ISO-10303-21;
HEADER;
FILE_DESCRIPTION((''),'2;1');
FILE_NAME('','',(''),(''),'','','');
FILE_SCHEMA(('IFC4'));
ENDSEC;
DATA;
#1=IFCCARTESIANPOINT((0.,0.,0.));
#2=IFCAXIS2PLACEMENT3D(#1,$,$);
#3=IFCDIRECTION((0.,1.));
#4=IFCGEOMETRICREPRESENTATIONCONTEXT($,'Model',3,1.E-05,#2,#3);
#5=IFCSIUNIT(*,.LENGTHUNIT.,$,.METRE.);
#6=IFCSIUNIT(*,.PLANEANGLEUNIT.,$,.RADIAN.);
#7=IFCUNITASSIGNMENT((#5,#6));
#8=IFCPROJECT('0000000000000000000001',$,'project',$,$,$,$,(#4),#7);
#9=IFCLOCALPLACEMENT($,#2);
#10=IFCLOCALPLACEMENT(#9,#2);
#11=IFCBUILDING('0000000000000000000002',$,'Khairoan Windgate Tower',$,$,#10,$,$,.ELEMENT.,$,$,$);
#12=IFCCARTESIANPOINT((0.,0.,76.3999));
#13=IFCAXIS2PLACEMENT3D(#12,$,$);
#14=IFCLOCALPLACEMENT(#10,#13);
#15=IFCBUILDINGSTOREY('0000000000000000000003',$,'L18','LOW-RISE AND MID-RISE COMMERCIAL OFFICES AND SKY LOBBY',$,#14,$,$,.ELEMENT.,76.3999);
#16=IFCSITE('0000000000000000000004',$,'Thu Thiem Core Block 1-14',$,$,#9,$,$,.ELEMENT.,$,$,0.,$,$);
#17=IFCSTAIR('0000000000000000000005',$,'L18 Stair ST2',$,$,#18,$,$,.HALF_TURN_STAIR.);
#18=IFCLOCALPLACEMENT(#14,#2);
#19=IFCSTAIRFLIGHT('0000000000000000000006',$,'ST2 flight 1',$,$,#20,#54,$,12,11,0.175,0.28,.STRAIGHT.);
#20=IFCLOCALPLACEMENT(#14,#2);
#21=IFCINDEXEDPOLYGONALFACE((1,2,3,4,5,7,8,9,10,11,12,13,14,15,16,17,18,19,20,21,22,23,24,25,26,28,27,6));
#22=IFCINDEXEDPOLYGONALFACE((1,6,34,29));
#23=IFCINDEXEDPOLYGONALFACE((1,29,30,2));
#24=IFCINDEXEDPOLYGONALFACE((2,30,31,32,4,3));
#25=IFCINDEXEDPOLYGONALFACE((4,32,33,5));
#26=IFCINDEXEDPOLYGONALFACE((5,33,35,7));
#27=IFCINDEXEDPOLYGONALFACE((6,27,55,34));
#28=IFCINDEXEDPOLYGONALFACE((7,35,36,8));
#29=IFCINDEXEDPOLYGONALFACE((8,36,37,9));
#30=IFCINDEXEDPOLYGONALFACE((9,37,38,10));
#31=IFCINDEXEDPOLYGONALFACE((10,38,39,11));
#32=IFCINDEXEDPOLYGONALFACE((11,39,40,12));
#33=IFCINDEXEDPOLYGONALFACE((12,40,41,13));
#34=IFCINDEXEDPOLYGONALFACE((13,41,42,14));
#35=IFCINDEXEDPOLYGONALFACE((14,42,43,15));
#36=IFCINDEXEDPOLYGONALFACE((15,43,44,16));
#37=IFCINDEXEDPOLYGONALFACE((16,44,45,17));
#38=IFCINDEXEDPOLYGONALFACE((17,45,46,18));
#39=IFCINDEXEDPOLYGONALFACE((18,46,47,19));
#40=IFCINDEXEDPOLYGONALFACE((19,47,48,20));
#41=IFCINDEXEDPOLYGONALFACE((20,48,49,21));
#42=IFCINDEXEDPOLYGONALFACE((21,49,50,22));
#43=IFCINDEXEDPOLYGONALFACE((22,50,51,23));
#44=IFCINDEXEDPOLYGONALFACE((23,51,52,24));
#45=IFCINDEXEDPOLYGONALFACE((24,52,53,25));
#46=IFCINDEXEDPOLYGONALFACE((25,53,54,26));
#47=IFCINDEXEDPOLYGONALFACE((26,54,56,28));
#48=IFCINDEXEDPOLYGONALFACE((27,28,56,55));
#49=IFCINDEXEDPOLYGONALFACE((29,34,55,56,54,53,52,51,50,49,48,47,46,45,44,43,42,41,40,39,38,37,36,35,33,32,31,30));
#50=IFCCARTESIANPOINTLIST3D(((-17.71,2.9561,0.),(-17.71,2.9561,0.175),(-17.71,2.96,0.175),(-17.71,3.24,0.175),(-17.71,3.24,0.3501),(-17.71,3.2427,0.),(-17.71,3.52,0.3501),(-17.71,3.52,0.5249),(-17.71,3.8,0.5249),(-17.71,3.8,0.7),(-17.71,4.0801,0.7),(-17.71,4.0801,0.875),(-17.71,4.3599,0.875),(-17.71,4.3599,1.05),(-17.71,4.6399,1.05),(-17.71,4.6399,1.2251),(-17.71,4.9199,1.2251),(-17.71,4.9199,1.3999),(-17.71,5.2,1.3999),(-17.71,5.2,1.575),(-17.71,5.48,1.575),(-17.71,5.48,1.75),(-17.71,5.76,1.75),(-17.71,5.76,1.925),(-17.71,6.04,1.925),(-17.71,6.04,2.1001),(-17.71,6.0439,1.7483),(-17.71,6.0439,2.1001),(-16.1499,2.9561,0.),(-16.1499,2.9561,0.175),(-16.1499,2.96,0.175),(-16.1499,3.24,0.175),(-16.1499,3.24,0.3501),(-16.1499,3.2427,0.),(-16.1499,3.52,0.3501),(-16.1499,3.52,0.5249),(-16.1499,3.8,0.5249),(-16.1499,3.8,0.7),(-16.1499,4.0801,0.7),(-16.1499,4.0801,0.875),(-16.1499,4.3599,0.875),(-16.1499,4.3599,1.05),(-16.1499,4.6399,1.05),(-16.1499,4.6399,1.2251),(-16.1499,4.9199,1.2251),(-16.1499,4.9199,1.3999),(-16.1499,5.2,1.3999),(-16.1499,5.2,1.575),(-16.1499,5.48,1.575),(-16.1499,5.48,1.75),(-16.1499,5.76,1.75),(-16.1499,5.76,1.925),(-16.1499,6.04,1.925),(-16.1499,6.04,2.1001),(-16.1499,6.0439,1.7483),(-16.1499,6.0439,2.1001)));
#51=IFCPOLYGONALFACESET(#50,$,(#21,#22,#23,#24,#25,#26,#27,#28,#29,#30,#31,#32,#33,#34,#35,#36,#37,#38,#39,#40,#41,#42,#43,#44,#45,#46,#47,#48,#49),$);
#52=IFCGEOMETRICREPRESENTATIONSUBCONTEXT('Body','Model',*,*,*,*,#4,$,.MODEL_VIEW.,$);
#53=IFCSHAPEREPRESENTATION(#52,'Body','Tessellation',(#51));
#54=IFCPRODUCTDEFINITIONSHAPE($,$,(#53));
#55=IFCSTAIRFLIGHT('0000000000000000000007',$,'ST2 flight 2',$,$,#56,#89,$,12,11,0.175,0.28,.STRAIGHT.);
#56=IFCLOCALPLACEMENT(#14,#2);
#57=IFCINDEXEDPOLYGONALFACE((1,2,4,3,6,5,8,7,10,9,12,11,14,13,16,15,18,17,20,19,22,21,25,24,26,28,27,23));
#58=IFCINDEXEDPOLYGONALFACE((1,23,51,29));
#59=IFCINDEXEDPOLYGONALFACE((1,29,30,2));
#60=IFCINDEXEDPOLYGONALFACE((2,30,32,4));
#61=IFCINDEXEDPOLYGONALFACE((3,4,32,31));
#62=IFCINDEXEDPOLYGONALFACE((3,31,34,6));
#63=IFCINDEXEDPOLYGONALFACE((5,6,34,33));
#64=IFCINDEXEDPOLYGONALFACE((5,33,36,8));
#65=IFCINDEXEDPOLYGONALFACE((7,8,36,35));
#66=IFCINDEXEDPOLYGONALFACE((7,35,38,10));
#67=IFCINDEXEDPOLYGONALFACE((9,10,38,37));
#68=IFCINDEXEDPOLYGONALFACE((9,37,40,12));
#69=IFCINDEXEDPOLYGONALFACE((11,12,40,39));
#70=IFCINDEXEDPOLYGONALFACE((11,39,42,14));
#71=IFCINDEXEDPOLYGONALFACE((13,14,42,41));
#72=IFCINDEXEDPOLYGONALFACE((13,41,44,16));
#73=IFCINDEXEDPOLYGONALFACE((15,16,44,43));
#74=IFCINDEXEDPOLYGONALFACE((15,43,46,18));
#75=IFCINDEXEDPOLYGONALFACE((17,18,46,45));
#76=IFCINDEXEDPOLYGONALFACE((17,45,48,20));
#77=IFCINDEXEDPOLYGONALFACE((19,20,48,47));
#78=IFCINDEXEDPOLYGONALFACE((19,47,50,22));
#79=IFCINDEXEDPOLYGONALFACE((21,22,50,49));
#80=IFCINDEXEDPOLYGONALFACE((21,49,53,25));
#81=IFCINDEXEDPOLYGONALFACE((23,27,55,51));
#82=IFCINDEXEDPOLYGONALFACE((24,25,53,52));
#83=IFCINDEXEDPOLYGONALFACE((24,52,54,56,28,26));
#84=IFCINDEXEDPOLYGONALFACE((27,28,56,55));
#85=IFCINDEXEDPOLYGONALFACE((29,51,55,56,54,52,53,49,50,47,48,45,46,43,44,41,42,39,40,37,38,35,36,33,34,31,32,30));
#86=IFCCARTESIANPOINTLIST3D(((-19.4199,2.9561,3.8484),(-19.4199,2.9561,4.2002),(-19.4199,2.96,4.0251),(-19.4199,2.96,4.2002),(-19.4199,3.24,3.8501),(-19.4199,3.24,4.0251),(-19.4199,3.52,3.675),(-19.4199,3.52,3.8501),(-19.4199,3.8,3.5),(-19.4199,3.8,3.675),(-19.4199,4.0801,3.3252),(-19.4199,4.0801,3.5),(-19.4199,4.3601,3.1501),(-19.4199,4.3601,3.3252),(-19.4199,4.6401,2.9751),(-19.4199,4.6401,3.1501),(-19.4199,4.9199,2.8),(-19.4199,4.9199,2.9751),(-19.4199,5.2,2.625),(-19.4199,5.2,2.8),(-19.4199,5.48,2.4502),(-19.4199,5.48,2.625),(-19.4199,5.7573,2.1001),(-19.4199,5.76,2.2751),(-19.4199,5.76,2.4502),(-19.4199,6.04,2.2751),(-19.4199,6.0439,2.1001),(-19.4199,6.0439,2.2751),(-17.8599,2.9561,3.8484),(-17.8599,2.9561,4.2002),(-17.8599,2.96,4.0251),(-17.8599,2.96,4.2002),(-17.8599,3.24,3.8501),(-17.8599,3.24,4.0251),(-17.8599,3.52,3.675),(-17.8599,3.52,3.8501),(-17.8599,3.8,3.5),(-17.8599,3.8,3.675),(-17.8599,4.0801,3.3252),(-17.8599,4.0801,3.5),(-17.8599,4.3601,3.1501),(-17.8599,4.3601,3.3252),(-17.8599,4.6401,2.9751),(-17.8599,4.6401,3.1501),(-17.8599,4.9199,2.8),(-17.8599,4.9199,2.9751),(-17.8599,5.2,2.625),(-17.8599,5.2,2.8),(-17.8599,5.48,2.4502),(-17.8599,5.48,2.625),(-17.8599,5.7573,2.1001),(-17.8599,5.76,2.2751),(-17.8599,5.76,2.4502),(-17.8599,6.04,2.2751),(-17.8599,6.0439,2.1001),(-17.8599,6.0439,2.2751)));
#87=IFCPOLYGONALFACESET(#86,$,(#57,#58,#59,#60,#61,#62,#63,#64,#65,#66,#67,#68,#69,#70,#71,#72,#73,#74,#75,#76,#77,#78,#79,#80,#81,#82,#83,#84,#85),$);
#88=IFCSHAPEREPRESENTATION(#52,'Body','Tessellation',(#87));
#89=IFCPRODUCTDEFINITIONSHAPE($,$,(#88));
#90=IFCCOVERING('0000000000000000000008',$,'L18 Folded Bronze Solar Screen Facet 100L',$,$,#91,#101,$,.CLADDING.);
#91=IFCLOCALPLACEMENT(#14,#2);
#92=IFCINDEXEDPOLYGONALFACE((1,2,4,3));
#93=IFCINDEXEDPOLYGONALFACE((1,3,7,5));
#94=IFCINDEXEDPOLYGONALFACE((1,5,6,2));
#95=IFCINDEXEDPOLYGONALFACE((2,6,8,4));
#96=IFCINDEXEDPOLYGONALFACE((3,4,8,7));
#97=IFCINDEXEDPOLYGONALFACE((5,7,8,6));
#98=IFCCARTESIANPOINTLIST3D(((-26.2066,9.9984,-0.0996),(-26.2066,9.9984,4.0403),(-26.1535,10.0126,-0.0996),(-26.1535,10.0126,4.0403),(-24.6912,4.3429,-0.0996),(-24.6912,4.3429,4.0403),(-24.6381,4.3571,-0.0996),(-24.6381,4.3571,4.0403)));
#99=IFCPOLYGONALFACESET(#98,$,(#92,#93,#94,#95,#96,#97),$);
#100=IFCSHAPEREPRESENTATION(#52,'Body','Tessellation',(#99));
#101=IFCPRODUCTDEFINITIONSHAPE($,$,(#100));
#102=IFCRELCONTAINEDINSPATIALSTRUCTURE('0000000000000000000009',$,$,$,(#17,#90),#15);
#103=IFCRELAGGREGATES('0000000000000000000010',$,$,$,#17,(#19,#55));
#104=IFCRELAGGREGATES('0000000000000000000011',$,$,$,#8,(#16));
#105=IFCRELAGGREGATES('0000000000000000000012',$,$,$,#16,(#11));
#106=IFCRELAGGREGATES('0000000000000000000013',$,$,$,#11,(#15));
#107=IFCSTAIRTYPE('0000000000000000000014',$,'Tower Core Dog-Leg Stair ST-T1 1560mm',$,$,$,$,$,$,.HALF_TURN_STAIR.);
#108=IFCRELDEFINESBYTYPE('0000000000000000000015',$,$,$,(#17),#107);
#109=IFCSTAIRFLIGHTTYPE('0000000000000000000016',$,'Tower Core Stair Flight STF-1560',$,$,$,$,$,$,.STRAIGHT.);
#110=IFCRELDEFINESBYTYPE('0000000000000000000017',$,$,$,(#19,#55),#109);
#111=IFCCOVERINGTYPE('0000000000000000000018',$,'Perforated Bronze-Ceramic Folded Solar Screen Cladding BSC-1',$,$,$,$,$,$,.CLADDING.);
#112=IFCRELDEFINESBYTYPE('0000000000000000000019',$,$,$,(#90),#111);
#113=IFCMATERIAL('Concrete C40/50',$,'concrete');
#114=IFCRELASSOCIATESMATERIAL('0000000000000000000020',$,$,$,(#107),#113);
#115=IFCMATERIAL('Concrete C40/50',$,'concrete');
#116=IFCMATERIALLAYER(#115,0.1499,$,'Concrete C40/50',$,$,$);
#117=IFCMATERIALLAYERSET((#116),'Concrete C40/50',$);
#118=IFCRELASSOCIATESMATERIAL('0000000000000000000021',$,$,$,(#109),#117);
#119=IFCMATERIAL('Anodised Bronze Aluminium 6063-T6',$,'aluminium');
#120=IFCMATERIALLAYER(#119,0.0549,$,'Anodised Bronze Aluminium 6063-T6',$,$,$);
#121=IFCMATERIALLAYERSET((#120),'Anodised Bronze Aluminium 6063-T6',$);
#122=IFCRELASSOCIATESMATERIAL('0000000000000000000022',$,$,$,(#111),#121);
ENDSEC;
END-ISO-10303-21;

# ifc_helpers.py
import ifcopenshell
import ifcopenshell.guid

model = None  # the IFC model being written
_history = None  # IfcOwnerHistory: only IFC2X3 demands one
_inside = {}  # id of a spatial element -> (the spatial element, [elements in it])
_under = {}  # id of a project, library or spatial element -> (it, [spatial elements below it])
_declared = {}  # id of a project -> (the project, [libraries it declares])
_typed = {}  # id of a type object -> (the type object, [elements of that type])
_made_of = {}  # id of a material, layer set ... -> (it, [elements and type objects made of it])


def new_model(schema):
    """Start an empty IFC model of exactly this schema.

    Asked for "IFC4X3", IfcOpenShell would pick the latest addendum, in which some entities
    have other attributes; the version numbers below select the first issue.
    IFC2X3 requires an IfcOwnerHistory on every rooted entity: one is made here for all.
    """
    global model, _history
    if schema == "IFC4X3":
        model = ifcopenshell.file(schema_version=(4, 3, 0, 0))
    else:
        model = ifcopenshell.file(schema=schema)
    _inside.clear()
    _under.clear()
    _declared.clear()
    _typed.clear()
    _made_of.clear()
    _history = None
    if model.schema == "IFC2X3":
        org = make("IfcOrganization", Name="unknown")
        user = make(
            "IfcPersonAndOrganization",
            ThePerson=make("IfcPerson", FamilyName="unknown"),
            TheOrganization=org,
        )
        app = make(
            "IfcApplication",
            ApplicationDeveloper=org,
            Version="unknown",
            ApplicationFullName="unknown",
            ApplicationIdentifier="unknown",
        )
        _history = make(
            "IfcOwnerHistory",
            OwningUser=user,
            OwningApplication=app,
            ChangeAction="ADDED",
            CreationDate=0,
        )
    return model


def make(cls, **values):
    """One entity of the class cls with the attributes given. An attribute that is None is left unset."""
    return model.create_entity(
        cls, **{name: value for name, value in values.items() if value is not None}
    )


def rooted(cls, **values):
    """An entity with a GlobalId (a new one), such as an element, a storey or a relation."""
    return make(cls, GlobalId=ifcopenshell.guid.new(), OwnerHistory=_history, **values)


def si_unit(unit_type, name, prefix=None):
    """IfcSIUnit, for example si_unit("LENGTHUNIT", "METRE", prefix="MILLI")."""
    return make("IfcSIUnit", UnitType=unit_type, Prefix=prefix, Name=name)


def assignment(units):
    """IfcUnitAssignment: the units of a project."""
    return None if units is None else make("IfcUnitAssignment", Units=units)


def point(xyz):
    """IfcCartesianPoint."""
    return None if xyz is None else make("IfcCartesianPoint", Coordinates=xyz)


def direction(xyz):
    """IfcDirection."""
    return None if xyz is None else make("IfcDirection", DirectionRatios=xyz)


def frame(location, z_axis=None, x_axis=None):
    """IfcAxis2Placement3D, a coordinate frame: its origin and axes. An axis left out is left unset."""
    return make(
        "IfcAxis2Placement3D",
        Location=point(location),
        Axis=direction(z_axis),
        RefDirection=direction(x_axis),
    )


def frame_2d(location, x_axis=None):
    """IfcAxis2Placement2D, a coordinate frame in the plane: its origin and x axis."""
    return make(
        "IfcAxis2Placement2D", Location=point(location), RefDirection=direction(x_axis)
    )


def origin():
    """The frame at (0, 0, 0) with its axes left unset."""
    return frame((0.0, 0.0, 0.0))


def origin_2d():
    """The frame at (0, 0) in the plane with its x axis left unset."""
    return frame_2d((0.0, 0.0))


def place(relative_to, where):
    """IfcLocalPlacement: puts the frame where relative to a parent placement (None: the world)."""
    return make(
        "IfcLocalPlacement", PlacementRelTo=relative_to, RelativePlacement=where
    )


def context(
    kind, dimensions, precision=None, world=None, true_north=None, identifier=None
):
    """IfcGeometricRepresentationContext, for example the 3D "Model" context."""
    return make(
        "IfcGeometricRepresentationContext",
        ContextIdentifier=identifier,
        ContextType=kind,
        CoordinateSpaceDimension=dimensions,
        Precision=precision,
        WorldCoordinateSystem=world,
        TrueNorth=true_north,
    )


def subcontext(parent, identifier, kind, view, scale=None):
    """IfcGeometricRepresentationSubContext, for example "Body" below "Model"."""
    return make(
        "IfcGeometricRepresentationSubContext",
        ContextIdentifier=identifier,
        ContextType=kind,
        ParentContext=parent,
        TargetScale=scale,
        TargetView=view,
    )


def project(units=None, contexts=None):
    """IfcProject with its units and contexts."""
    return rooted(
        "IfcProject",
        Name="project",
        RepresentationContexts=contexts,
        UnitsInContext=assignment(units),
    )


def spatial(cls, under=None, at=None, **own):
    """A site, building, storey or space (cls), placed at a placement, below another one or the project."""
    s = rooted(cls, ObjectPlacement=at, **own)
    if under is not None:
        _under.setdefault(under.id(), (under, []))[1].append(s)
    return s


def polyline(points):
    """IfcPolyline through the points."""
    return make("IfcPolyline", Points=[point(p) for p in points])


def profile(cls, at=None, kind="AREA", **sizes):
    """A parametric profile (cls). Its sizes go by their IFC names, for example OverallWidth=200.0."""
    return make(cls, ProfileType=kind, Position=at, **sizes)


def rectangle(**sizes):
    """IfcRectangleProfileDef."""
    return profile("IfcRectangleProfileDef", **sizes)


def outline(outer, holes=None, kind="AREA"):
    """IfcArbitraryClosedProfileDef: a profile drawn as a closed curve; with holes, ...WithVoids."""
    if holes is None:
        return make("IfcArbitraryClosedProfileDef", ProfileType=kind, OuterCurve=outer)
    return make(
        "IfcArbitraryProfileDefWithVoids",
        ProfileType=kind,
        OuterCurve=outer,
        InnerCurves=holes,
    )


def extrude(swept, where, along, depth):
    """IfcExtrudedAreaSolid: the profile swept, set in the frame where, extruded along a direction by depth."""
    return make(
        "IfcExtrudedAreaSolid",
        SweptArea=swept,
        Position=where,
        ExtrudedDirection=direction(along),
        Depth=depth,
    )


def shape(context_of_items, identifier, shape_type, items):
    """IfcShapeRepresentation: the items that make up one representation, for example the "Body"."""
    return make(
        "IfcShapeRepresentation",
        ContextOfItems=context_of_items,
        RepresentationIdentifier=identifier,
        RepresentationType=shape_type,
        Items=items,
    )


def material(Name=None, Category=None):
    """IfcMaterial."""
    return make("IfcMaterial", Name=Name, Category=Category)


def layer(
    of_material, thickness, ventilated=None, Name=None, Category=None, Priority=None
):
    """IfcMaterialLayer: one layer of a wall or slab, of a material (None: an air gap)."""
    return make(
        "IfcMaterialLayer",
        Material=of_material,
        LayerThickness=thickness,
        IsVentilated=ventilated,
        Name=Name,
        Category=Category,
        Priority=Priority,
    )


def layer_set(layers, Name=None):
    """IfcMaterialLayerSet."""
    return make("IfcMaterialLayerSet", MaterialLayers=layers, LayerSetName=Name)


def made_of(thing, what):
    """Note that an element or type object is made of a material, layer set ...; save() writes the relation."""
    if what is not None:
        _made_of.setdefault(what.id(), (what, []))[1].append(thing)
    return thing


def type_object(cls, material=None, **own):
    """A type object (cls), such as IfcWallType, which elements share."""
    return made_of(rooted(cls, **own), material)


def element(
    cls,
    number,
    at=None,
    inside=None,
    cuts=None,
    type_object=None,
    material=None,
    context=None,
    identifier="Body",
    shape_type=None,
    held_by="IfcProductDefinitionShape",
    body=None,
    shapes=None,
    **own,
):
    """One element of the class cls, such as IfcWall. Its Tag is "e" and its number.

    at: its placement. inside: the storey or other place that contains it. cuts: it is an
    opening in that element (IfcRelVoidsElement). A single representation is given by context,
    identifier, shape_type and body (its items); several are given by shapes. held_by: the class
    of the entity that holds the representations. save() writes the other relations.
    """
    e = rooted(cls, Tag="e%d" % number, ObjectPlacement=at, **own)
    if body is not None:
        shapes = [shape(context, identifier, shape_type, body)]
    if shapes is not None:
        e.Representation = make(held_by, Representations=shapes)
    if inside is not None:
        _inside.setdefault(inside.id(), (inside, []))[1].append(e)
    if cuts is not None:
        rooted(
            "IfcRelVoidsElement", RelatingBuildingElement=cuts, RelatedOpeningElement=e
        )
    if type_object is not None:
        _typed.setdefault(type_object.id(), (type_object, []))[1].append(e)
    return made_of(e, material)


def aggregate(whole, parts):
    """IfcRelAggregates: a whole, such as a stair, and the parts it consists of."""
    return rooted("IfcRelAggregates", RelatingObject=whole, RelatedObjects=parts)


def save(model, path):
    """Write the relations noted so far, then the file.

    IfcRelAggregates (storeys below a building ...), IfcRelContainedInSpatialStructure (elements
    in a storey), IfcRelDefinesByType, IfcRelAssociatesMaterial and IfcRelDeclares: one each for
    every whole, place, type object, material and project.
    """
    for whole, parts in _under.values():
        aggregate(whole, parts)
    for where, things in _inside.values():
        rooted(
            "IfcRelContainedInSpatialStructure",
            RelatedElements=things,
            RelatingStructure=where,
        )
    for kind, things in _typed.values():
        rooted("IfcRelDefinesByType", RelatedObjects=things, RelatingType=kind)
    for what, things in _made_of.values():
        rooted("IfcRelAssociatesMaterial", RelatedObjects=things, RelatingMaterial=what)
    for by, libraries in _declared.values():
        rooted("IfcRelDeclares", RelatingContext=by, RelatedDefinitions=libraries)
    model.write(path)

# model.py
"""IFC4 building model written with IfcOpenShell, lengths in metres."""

from ifc_helpers import new_model, si_unit, direction, frame, origin, origin_2d, place, context, subcontext, project, spatial, polyline, rectangle, outline, extrude, material, layer, layer_set, type_object, element, aggregate, save


model = new_model("IFC4")

# Units and contexts
model_context = context("Model", 3, precision=1e-05, world=origin(), true_north=direction((0.0, 1.0)))
body_context = subcontext(model_context, "Body", "Model", "MODEL_VIEW")
ifc_project = project(units=[si_unit("LENGTHUNIT", "METRE"), si_unit("PLANEANGLEUNIT", "RADIAN")], contexts=[model_context])

# Site, building, storey
site_placement = place(None, origin())
site = spatial("IfcSite", under=ifc_project, at=site_placement, Name="Thu Thiem Core Block 1-14", CompositionType="ELEMENT", RefElevation=0.0)
building_placement = place(site_placement, origin())
building = spatial("IfcBuilding", under=site, at=building_placement, Name="Khairoan Windgate Tower", CompositionType="ELEMENT")
storey_placement = place(building_placement, frame((0.0, 0.0, 76.3999)))
storey = spatial("IfcBuildingStorey", under=building, at=storey_placement, Name="L18", Description="LOW-RISE AND MID-RISE COMMERCIAL OFFICES AND SKY LOBBY", CompositionType="ELEMENT", Elevation=76.3999)

# Stair, stair flights
ifc_material_1 = material(Name="Concrete C40/50", Category="concrete")
stair_type = type_object("IfcStairType", Name="Tower Core Dog-Leg Stair ST-T1 1560mm", PredefinedType="HALF_TURN_STAIR", material=ifc_material_1)
stair_placement = place(storey_placement, origin())
stair = element("IfcStair", 1, at=stair_placement, inside=storey, type_object=stair_type, Name="L18 Stair ST2", PredefinedType="HALF_TURN_STAIR")
ifc_material_2 = material(Name="Concrete C40/50", Category="concrete")
ifc_layer_1 = layer(ifc_material_2, 0.1499, Name="Concrete C40/50")
ifc_layer_set_1 = layer_set([ifc_layer_1], Name="Concrete C40/50")
stair_flight_type = type_object("IfcStairFlightType", Name="Tower Core Stair Flight STF-1560", PredefinedType="STRAIGHT", material=ifc_layer_set_1)
stair_flight_1_placement = place(storey_placement, frame((-16.9299, 2.96, 0.0), z_axis=(0.0, 0.0, 1.0), x_axis=(0.0, 1.0, 0.0)))
stair_flight_1 = element("IfcStairFlight", 2, at=stair_flight_1_placement, type_object=stair_flight_type, Name="ST2 flight 1", NumberOfRisers=12, NumberOfTreads=11, PredefinedType="STRAIGHT", RiserHeight=0.175, TreadLength=0.28, context=body_context, shape_type="SweptSolid", body=[
    extrude(outline(polyline([(-0.0039, 0.0), (-0.0039, 0.175), (0.0, 0.175), (0.28, 0.175), (0.28, 0.3501), (0.5601, 0.3501), (0.5601, 0.5249), (0.8401, 0.5249), (0.8401, 0.7), (1.1201, 0.7), (1.1201, 0.875), (1.3999, 0.875), (1.3999, 1.05), (1.6799, 1.05), (1.6799, 1.2251), (1.96, 1.2251), (1.96, 1.3999), (2.24, 1.3999), (2.24, 1.575), (2.52, 1.575), (2.52, 1.75), (2.8, 1.75), (2.8, 1.925), (3.0801, 1.925), (3.0801, 2.1001), (3.084, 2.1001), (3.084, 1.7483), (0.2827, 0.0), (-0.0039, 0.0)])), frame((0.0, 0.78, 0.0), z_axis=(0.0, -1.0, 0.0), x_axis=(1.0, 0.0, 0.0)), (0.0, 0.0, 1.0), 1.5601),
])
stair_flight_2_placement = place(storey_placement, frame((-18.6399, 6.04, 2.1001), z_axis=(0.0, 0.0, 1.0), x_axis=(0.0, -1.0, 0.0)))
stair_flight_2 = element("IfcStairFlight", 3, at=stair_flight_2_placement, type_object=stair_flight_type, Name="ST2 flight 2", NumberOfRisers=12, NumberOfTreads=11, PredefinedType="STRAIGHT", RiserHeight=0.175, TreadLength=0.28, context=body_context, shape_type="SweptSolid", body=[
    extrude(outline(polyline([(-0.0039, 0.0), (-0.0039, 0.175), (0.0, 0.175), (0.28, 0.175), (0.28, 0.3501), (0.5601, 0.3501), (0.5601, 0.5249), (0.8401, 0.5249), (0.8401, 0.7), (1.1201, 0.7), (1.1201, 0.875), (1.3999, 0.875), (1.3999, 1.05), (1.6799, 1.05), (1.6799, 1.2251), (1.96, 1.2251), (1.96, 1.3999), (2.24, 1.3999), (2.24, 1.575), (2.52, 1.575), (2.52, 1.75), (2.8, 1.75), (2.8, 1.925), (3.0801, 1.925), (3.0801, 2.1001), (3.084, 2.1001), (3.084, 1.7483), (0.2827, 0.0), (-0.0039, 0.0)])), frame((0.0, 0.78, 0.0), z_axis=(0.0, -1.0, 0.0), x_axis=(1.0, 0.0, 0.0)), (0.0, 0.0, 1.0), 1.5601),
])
aggregate(stair, [stair_flight_1, stair_flight_2])

# Covering
ifc_material_3 = material(Name="Anodised Bronze Aluminium 6063-T6", Category="aluminium")
ifc_layer_2 = layer(ifc_material_3, 0.0549, Name="Anodised Bronze Aluminium 6063-T6")
ifc_layer_set_2 = layer_set([ifc_layer_2], Name="Anodised Bronze Aluminium 6063-T6")
covering_type = type_object("IfcCoveringType", Name="Perforated Bronze-Ceramic Folded Solar Screen Cladding BSC-1", PredefinedType="CLADDING", material=ifc_layer_set_2)
covering_placement = place(storey_placement, frame((-25.4224, 7.1777, -0.0996), z_axis=(0.0, 0.0, 1.0), x_axis=(-0.258819, 0.965926, 0.0)))
element("IfcCovering", 4, at=covering_placement, inside=storey, type_object=covering_type, Name="L18 Folded Bronze Solar Screen Facet 100L", PredefinedType="CLADDING", context=body_context, shape_type="SweptSolid", body=[
    extrude(rectangle(XDim=5.855, YDim=0.0549, at=origin_2d()), origin(), (0.0, 0.0, 1.0), 4.1399),
])

save(model, "model.ifc")
